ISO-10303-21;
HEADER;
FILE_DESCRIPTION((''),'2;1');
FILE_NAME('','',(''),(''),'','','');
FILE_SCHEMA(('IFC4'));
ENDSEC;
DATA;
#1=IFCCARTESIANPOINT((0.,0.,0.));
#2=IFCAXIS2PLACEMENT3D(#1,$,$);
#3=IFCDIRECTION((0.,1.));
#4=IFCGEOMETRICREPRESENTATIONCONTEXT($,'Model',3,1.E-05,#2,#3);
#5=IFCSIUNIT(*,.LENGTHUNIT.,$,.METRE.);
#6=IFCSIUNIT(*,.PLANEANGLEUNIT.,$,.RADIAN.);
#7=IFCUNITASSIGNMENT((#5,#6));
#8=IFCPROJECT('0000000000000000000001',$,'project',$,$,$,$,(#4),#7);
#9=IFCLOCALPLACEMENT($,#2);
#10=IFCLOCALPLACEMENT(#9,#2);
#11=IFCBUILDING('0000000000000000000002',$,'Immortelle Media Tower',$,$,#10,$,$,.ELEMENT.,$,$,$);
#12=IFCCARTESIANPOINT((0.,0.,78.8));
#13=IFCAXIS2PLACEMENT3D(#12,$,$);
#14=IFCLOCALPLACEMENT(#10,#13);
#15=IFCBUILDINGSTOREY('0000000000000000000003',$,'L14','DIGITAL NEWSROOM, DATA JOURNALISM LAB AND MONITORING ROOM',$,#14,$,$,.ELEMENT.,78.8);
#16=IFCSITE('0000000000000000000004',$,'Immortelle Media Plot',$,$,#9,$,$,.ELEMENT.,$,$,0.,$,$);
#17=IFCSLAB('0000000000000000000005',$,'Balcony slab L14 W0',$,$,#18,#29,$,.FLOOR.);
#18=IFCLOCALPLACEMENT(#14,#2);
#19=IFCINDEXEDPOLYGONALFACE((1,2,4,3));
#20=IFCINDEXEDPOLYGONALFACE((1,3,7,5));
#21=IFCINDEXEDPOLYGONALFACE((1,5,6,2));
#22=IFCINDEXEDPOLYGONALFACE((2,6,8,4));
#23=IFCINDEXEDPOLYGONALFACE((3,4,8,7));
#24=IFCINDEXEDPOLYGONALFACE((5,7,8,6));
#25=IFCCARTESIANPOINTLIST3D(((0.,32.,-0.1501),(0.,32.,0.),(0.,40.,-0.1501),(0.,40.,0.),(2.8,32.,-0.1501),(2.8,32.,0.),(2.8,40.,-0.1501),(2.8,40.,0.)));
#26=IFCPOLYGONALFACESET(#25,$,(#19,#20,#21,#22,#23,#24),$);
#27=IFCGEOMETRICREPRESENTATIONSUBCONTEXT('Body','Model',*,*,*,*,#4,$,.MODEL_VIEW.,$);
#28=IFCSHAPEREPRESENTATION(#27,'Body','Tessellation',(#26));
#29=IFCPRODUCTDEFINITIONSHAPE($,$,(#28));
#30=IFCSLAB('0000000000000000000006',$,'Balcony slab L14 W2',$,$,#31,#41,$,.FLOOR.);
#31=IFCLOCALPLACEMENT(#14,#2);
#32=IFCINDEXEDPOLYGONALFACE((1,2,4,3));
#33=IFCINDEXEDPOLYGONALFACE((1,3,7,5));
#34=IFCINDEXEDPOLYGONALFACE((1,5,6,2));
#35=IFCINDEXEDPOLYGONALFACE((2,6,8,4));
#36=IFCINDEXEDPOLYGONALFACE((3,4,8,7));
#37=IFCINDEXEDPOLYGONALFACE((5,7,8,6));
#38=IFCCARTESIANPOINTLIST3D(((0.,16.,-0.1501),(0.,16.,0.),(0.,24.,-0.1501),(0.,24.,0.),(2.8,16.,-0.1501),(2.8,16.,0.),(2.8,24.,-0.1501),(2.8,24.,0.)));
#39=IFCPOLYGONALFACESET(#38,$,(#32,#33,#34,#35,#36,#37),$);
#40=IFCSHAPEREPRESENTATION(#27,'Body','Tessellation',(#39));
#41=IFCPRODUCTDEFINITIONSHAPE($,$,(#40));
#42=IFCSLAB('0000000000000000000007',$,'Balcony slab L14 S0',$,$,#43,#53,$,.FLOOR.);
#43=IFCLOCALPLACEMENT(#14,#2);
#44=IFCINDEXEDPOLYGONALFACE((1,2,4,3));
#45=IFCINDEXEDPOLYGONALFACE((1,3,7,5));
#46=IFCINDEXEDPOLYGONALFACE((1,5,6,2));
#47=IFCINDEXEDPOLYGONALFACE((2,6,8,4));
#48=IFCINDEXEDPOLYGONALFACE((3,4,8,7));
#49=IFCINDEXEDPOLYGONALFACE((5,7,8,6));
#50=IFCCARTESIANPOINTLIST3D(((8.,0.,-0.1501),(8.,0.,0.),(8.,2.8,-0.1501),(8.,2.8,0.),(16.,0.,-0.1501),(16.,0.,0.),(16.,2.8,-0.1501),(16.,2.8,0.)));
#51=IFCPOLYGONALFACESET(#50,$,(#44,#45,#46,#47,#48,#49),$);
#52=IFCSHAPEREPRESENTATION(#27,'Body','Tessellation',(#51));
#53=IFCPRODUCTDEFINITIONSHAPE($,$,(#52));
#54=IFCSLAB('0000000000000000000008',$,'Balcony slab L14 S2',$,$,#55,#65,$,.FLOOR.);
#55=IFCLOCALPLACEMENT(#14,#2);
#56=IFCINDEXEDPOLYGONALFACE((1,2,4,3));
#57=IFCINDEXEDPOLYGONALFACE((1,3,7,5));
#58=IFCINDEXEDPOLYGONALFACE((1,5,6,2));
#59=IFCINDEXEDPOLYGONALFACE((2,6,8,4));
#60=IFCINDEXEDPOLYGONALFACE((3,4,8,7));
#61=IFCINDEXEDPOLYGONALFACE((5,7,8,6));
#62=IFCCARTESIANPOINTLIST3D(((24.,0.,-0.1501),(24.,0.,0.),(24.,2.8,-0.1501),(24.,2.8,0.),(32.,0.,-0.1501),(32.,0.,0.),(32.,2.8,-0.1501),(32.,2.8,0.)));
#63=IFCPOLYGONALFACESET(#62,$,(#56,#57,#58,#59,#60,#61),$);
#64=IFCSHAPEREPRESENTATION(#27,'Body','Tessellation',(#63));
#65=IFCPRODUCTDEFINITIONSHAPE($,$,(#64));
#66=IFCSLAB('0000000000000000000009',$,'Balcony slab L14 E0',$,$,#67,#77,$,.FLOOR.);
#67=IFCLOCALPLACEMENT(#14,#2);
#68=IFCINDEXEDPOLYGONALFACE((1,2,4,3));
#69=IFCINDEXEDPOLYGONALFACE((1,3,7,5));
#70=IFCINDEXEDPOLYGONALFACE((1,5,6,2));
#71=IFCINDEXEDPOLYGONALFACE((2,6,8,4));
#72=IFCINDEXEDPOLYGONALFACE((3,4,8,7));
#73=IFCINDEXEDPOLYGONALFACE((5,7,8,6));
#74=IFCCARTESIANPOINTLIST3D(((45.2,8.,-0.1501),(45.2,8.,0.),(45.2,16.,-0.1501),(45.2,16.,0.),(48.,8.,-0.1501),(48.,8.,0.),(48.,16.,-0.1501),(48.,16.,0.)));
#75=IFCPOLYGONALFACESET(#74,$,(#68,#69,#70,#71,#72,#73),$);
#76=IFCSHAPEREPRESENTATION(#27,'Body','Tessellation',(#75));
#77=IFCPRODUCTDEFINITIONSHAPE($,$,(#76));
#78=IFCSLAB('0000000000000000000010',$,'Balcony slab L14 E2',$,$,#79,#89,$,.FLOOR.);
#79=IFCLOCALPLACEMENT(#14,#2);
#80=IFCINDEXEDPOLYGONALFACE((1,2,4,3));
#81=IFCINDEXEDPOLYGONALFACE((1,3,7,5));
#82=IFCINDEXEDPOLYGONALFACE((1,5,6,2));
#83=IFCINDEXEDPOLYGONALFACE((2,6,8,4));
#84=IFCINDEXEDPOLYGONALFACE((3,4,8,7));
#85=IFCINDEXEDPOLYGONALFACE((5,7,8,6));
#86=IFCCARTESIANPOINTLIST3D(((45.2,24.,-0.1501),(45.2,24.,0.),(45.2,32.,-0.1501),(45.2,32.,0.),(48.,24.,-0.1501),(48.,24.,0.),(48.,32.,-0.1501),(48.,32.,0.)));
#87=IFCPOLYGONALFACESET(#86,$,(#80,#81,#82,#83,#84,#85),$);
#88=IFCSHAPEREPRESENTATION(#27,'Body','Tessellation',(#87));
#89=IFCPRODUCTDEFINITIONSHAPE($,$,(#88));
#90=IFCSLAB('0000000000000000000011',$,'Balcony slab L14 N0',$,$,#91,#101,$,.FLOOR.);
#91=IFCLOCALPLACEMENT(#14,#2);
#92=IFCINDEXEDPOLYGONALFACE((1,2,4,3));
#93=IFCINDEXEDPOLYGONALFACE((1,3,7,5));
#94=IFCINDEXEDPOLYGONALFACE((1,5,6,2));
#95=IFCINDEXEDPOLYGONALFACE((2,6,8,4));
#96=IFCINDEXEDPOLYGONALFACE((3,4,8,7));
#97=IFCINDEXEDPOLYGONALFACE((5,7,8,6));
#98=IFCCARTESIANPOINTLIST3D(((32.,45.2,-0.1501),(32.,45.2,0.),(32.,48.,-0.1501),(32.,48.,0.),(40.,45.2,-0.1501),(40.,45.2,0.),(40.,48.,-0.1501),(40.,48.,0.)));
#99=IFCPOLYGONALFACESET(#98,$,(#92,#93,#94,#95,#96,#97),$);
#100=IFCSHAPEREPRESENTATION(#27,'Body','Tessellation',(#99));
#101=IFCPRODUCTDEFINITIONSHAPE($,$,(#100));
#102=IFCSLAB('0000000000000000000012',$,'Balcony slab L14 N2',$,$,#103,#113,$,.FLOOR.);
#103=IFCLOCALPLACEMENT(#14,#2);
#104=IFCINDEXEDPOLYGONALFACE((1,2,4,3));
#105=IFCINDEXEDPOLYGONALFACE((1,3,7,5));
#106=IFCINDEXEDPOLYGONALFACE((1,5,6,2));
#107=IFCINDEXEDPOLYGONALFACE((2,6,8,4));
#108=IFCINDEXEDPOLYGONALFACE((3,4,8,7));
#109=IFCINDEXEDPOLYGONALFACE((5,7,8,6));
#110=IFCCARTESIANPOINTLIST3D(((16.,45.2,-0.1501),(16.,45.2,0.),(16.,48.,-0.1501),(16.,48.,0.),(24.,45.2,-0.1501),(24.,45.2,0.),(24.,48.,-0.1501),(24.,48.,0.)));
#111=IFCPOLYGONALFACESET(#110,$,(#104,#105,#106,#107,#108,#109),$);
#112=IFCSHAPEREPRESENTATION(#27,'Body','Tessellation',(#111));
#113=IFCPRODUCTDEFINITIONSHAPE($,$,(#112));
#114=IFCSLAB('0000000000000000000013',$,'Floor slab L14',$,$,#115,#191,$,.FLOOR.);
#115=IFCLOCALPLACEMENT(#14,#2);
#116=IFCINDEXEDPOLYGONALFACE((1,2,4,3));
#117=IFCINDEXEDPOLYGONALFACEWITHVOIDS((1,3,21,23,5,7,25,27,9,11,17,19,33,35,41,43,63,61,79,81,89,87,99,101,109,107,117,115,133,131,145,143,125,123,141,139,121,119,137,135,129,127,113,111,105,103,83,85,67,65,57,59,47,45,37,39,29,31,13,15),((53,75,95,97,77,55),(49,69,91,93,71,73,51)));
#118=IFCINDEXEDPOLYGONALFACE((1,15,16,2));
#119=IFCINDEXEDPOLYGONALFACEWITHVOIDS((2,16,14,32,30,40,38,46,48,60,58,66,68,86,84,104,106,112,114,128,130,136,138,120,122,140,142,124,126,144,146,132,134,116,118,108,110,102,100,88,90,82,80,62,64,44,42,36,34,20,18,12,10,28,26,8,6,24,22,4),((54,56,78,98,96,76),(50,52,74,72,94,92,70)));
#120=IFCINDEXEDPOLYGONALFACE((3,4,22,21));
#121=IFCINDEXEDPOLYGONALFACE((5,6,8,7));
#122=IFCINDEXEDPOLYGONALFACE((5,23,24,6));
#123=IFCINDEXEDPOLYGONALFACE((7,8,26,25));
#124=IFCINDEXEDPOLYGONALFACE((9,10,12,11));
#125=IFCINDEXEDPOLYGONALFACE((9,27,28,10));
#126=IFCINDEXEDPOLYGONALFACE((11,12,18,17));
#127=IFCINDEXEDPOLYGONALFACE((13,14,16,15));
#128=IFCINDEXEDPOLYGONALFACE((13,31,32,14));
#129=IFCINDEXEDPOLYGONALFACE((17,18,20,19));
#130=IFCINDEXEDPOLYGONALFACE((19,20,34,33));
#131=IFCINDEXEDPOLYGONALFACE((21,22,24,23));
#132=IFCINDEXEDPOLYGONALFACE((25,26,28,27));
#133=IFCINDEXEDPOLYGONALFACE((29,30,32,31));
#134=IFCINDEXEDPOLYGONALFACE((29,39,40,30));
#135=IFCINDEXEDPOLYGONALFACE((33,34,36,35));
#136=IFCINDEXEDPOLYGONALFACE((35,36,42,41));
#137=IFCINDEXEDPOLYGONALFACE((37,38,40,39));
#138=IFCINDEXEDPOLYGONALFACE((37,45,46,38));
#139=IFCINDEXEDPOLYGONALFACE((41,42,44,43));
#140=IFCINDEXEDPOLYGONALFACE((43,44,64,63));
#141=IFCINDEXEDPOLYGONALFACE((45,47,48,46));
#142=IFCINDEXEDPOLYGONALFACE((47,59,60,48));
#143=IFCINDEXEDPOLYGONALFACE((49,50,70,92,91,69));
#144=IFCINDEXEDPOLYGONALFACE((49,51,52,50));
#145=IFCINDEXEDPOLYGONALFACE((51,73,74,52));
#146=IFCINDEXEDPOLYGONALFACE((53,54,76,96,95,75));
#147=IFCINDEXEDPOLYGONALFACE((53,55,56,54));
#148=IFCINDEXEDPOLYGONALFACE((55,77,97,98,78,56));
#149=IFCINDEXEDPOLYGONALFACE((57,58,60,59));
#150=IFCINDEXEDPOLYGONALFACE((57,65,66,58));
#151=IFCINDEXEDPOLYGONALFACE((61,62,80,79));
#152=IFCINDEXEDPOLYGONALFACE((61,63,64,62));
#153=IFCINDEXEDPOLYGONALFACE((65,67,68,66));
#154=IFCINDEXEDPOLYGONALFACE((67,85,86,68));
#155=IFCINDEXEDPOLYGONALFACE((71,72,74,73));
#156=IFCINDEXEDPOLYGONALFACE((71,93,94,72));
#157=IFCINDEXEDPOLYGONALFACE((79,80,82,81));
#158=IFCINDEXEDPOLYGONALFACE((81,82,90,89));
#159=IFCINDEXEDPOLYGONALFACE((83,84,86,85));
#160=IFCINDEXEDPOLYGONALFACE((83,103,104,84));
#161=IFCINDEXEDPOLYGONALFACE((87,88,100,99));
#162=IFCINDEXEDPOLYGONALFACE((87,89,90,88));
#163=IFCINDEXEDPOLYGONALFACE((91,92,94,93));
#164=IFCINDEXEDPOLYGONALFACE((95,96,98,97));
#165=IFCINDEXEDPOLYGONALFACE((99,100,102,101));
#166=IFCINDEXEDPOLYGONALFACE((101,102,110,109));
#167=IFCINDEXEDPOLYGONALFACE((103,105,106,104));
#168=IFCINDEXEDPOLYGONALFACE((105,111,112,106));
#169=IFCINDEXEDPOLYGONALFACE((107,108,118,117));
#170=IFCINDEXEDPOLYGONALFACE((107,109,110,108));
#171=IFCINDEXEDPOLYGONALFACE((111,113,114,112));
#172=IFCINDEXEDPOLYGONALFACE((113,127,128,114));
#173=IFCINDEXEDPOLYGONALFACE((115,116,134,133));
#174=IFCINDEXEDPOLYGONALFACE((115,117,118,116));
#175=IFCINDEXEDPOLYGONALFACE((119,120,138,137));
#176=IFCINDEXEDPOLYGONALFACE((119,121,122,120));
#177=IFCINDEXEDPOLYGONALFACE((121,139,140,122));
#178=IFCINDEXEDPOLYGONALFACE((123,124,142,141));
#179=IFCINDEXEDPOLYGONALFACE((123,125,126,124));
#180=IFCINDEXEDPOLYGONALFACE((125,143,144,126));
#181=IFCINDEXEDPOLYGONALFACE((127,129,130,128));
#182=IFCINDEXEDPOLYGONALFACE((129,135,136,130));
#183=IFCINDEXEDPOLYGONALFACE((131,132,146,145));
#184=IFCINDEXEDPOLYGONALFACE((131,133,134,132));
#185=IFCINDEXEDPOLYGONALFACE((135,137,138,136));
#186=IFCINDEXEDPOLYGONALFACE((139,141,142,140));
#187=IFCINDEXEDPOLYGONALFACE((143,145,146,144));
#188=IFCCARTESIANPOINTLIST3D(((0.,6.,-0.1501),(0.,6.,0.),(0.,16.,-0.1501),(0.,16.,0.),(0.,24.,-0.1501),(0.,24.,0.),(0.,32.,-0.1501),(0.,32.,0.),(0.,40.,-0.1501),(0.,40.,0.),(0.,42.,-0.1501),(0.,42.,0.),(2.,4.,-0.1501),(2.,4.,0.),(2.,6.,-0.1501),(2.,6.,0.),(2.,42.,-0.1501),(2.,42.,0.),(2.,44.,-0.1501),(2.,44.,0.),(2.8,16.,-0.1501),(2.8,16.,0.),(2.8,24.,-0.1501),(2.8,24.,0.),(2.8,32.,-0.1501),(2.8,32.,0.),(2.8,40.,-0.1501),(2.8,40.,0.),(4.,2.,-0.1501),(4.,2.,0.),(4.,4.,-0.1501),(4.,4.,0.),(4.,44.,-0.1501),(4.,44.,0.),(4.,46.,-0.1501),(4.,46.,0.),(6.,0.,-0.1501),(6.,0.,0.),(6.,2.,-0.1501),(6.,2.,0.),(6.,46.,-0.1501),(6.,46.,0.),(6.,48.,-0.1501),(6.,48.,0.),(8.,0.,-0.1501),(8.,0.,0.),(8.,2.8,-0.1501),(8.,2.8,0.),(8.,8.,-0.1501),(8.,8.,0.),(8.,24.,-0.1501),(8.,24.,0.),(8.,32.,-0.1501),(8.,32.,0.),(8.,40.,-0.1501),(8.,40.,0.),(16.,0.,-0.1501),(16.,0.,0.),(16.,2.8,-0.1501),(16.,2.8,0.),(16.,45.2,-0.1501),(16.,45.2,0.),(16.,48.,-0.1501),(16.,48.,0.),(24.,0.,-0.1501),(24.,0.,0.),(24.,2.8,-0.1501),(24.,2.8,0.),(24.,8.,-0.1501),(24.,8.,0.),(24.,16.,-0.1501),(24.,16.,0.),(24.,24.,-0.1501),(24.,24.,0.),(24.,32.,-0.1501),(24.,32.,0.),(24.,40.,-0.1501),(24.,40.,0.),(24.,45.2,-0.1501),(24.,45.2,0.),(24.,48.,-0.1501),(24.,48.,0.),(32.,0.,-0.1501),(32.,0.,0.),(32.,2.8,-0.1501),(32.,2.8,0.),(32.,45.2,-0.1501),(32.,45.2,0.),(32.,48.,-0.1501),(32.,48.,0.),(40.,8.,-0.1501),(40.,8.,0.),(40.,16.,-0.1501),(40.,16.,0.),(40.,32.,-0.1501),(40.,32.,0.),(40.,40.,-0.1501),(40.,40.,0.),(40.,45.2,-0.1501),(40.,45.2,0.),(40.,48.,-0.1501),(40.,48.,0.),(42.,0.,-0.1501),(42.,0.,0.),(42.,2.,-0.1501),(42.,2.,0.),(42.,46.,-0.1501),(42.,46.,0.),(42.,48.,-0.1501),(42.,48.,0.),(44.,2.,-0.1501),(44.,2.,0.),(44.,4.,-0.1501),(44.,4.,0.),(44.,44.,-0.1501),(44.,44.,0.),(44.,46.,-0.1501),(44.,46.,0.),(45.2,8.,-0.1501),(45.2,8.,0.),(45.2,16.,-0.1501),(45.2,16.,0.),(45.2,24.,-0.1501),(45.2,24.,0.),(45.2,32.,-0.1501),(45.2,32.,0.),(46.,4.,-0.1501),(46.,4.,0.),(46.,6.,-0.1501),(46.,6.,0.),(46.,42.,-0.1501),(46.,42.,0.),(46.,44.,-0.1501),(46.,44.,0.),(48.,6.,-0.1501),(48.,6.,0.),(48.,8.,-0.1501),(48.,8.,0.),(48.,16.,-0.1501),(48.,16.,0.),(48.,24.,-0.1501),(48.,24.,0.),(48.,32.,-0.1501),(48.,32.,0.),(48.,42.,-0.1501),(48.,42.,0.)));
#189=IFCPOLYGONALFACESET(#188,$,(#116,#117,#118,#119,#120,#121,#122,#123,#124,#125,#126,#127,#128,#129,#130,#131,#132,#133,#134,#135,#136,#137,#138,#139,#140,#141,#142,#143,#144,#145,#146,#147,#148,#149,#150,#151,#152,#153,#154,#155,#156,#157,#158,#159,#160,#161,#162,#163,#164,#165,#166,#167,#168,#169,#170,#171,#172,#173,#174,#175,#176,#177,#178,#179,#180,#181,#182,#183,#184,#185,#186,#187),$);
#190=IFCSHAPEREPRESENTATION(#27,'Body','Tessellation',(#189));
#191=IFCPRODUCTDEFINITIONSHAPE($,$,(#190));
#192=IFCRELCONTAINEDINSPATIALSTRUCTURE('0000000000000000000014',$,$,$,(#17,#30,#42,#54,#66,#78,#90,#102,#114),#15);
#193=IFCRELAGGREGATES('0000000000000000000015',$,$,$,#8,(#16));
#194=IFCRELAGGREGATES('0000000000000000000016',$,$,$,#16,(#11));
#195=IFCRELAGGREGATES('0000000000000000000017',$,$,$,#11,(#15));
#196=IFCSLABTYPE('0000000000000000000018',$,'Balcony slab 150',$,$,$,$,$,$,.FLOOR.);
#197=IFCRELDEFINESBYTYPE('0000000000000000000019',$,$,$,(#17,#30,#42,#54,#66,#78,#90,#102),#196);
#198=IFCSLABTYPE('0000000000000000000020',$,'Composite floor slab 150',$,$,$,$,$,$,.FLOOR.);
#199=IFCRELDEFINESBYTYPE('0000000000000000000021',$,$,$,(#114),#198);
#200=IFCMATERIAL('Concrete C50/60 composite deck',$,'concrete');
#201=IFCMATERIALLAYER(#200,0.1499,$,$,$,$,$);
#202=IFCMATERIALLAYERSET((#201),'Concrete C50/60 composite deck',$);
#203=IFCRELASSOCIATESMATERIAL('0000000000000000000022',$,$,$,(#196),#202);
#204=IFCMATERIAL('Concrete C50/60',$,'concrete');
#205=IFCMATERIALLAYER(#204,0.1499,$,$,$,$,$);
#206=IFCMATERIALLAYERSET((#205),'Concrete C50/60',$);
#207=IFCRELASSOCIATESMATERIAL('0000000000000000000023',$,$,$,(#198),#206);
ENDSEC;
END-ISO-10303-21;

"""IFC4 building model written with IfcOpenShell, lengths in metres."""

from ifc_helpers import new_model, si_unit, direction, frame, origin, place, context, subcontext, project, spatial, polyline, outline, extrude, material, layer, layer_set, type_object, element, save


model = new_model("IFC4")

# Units and contexts
model_context = context("Model", 3, precision=1e-05, world=origin(), true_north=direction((0.0, 1.0)))
body_context = subcontext(model_context, "Body", "Model", "MODEL_VIEW")
ifc_project = project(units=[si_unit("LENGTHUNIT", "METRE"), si_unit("PLANEANGLEUNIT", "RADIAN")], contexts=[model_context])

# Site, building, storey
site_placement = place(None, origin())
site = spatial("IfcSite", under=ifc_project, at=site_placement, Name="Immortelle Media Plot", CompositionType="ELEMENT", RefElevation=0.0)
building_placement = place(site_placement, origin())
building = spatial("IfcBuilding", under=site, at=building_placement, Name="Immortelle Media Tower", CompositionType="ELEMENT")
storey_placement = place(building_placement, frame((0.0, 0.0, 78.8)))
storey = spatial("IfcBuildingStorey", under=building, at=storey_placement, Name="L14", Description="DIGITAL NEWSROOM, DATA JOURNALISM LAB AND MONITORING ROOM", CompositionType="ELEMENT", Elevation=78.8)

# Slabs
ifc_material_1 = material(Name="Concrete C50/60 composite deck", Category="concrete")
ifc_layer_1 = layer(ifc_material_1, 0.1499)
ifc_layer_set_1 = layer_set([ifc_layer_1], Name="Concrete C50/60 composite deck")
slab_type_1 = type_object("IfcSlabType", Name="Balcony slab 150", PredefinedType="FLOOR", material=ifc_layer_set_1)
slab_1_placement = place(storey_placement, frame((0.0, 0.0, -0.1501)))
element("IfcSlab", 1, at=slab_1_placement, inside=storey, type_object=slab_type_1, Name="Balcony slab L14 W0", PredefinedType="FLOOR", context=body_context, shape_type="SweptSolid", body=[
    extrude(outline(polyline([(2.8, 32.0), (2.8, 40.0), (0.0, 40.0), (0.0, 32.0), (2.8, 32.0)])), origin(), (0.0, 0.0, 1.0), 0.1501),
])
slab_2_placement = place(storey_placement, frame((0.0, 0.0, -0.1501)))
element("IfcSlab", 2, at=slab_2_placement, inside=storey, type_object=slab_type_1, Name="Balcony slab L14 W2", PredefinedType="FLOOR", context=body_context, shape_type="SweptSolid", body=[
    extrude(outline(polyline([(2.8, 16.0), (2.8, 24.0), (0.0, 24.0), (0.0, 16.0), (2.8, 16.0)])), origin(), (0.0, 0.0, 1.0), 0.1501),
])
slab_3_placement = place(storey_placement, frame((0.0, 0.0, -0.1501)))
element("IfcSlab", 3, at=slab_3_placement, inside=storey, type_object=slab_type_1, Name="Balcony slab L14 S0", PredefinedType="FLOOR", context=body_context, shape_type="SweptSolid", body=[
    extrude(outline(polyline([(16.0, 0.0), (16.0, 2.8), (8.0, 2.8), (8.0, 0.0), (16.0, 0.0)])), origin(), (0.0, 0.0, 1.0), 0.1501),
])
slab_4_placement = place(storey_placement, frame((0.0, 0.0, -0.1501)))
element("IfcSlab", 4, at=slab_4_placement, inside=storey, type_object=slab_type_1, Name="Balcony slab L14 S2", PredefinedType="FLOOR", context=body_context, shape_type="SweptSolid", body=[
    extrude(outline(polyline([(32.0, 0.0), (32.0, 2.8), (24.0, 2.8), (24.0, 0.0), (32.0, 0.0)])), origin(), (0.0, 0.0, 1.0), 0.1501),
])
slab_5_placement = place(storey_placement, frame((0.0, 0.0, -0.1501)))
element("IfcSlab", 5, at=slab_5_placement, inside=storey, type_object=slab_type_1, Name="Balcony slab L14 E0", PredefinedType="FLOOR", context=body_context, shape_type="SweptSolid", body=[
    extrude(outline(polyline([(48.0, 8.0), (48.0, 16.0), (45.2, 16.0), (45.2, 8.0), (48.0, 8.0)])), origin(), (0.0, 0.0, 1.0), 0.1501),
])
slab_6_placement = place(storey_placement, frame((0.0, 0.0, -0.1501)))
element("IfcSlab", 6, at=slab_6_placement, inside=storey, type_object=slab_type_1, Name="Balcony slab L14 E2", PredefinedType="FLOOR", context=body_context, shape_type="SweptSolid", body=[
    extrude(outline(polyline([(48.0, 24.0), (48.0, 32.0), (45.2, 32.0), (45.2, 24.0), (48.0, 24.0)])), origin(), (0.0, 0.0, 1.0), 0.1501),
])
slab_7_placement = place(storey_placement, frame((0.0, 0.0, -0.1501)))
element("IfcSlab", 7, at=slab_7_placement, inside=storey, type_object=slab_type_1, Name="Balcony slab L14 N0", PredefinedType="FLOOR", context=body_context, shape_type="SweptSolid", body=[
    extrude(outline(polyline([(40.0, 45.2), (40.0, 48.0), (32.0, 48.0), (32.0, 45.2), (40.0, 45.2)])), origin(), (0.0, 0.0, 1.0), 0.1501),
])
slab_8_placement = place(storey_placement, frame((0.0, 0.0, -0.1501)))
element("IfcSlab", 8, at=slab_8_placement, inside=storey, type_object=slab_type_1, Name="Balcony slab L14 N2", PredefinedType="FLOOR", context=body_context, shape_type="SweptSolid", body=[
    extrude(outline(polyline([(24.0, 45.2), (24.0, 48.0), (16.0, 48.0), (16.0, 45.2), (24.0, 45.2)])), origin(), (0.0, 0.0, 1.0), 0.1501),
])
ifc_material_2 = material(Name="Concrete C50/60", Category="concrete")
ifc_layer_2 = layer(ifc_material_2, 0.1499)
ifc_layer_set_2 = layer_set([ifc_layer_2], Name="Concrete C50/60")
slab_type_2 = type_object("IfcSlabType", Name="Composite floor slab 150", PredefinedType="FLOOR", material=ifc_layer_set_2)
slab_9_placement = place(storey_placement, frame((0.0, 0.0, -0.1501)))
element("IfcSlab", 9, at=slab_9_placement, inside=storey, type_object=slab_type_2, Name="Floor slab L14", PredefinedType="FLOOR", context=body_context, shape_type="SweptSolid", body=[
    extrude(outline(polyline([(6.0, 0.0), (6.0, 2.0), (4.0, 2.0), (4.0, 4.0), (2.0, 4.0), (2.0, 6.0), (0.0, 6.0), (0.0, 16.0), (2.8, 16.0), (2.8, 24.0), (0.0, 24.0), (0.0, 32.0), (2.8, 32.0), (2.8, 40.0), (0.0, 40.0), (0.0, 42.0), (2.0, 42.0), (2.0, 44.0), (4.0, 44.0), (4.0, 46.0), (6.0, 46.0), (6.0, 48.0), (16.0, 48.0), (16.0, 45.2), (24.0, 45.2), (24.0, 48.0), (32.0, 48.0), (32.0, 45.2), (40.0, 45.2), (40.0, 48.0), (42.0, 48.0), (42.0, 46.0), (44.0, 46.0), (44.0, 44.0), (46.0, 44.0), (46.0, 42.0), (48.0, 42.0), (48.0, 32.0), (45.2, 32.0), (45.2, 24.0), (48.0, 24.0), (48.0, 16.0), (45.2, 16.0), (45.2, 8.0), (48.0, 8.0), (48.0, 6.0), (46.0, 6.0), (46.0, 4.0), (44.0, 4.0), (44.0, 2.0), (42.0, 2.0), (42.0, 0.0), (32.0, 0.0), (32.0, 2.8), (24.0, 2.8), (24.0, 0.0), (16.0, 0.0), (16.0, 2.8), (8.0, 2.8), (8.0, 0.0), (6.0, 0.0)]), holes=[polyline([(24.0, 24.0), (8.0, 24.0), (8.0, 8.0), (24.0, 8.0), (40.0, 8.0), (40.0, 16.0), (24.0, 16.0), (24.0, 24.0)]), polyline([(24.0, 32.0), (40.0, 32.0), (40.0, 40.0), (24.0, 40.0), (8.0, 40.0), (8.0, 32.0), (24.0, 32.0)])]), origin(), (0.0, 0.0, 1.0), 0.1501),
])

save(model, "model.ifc")
